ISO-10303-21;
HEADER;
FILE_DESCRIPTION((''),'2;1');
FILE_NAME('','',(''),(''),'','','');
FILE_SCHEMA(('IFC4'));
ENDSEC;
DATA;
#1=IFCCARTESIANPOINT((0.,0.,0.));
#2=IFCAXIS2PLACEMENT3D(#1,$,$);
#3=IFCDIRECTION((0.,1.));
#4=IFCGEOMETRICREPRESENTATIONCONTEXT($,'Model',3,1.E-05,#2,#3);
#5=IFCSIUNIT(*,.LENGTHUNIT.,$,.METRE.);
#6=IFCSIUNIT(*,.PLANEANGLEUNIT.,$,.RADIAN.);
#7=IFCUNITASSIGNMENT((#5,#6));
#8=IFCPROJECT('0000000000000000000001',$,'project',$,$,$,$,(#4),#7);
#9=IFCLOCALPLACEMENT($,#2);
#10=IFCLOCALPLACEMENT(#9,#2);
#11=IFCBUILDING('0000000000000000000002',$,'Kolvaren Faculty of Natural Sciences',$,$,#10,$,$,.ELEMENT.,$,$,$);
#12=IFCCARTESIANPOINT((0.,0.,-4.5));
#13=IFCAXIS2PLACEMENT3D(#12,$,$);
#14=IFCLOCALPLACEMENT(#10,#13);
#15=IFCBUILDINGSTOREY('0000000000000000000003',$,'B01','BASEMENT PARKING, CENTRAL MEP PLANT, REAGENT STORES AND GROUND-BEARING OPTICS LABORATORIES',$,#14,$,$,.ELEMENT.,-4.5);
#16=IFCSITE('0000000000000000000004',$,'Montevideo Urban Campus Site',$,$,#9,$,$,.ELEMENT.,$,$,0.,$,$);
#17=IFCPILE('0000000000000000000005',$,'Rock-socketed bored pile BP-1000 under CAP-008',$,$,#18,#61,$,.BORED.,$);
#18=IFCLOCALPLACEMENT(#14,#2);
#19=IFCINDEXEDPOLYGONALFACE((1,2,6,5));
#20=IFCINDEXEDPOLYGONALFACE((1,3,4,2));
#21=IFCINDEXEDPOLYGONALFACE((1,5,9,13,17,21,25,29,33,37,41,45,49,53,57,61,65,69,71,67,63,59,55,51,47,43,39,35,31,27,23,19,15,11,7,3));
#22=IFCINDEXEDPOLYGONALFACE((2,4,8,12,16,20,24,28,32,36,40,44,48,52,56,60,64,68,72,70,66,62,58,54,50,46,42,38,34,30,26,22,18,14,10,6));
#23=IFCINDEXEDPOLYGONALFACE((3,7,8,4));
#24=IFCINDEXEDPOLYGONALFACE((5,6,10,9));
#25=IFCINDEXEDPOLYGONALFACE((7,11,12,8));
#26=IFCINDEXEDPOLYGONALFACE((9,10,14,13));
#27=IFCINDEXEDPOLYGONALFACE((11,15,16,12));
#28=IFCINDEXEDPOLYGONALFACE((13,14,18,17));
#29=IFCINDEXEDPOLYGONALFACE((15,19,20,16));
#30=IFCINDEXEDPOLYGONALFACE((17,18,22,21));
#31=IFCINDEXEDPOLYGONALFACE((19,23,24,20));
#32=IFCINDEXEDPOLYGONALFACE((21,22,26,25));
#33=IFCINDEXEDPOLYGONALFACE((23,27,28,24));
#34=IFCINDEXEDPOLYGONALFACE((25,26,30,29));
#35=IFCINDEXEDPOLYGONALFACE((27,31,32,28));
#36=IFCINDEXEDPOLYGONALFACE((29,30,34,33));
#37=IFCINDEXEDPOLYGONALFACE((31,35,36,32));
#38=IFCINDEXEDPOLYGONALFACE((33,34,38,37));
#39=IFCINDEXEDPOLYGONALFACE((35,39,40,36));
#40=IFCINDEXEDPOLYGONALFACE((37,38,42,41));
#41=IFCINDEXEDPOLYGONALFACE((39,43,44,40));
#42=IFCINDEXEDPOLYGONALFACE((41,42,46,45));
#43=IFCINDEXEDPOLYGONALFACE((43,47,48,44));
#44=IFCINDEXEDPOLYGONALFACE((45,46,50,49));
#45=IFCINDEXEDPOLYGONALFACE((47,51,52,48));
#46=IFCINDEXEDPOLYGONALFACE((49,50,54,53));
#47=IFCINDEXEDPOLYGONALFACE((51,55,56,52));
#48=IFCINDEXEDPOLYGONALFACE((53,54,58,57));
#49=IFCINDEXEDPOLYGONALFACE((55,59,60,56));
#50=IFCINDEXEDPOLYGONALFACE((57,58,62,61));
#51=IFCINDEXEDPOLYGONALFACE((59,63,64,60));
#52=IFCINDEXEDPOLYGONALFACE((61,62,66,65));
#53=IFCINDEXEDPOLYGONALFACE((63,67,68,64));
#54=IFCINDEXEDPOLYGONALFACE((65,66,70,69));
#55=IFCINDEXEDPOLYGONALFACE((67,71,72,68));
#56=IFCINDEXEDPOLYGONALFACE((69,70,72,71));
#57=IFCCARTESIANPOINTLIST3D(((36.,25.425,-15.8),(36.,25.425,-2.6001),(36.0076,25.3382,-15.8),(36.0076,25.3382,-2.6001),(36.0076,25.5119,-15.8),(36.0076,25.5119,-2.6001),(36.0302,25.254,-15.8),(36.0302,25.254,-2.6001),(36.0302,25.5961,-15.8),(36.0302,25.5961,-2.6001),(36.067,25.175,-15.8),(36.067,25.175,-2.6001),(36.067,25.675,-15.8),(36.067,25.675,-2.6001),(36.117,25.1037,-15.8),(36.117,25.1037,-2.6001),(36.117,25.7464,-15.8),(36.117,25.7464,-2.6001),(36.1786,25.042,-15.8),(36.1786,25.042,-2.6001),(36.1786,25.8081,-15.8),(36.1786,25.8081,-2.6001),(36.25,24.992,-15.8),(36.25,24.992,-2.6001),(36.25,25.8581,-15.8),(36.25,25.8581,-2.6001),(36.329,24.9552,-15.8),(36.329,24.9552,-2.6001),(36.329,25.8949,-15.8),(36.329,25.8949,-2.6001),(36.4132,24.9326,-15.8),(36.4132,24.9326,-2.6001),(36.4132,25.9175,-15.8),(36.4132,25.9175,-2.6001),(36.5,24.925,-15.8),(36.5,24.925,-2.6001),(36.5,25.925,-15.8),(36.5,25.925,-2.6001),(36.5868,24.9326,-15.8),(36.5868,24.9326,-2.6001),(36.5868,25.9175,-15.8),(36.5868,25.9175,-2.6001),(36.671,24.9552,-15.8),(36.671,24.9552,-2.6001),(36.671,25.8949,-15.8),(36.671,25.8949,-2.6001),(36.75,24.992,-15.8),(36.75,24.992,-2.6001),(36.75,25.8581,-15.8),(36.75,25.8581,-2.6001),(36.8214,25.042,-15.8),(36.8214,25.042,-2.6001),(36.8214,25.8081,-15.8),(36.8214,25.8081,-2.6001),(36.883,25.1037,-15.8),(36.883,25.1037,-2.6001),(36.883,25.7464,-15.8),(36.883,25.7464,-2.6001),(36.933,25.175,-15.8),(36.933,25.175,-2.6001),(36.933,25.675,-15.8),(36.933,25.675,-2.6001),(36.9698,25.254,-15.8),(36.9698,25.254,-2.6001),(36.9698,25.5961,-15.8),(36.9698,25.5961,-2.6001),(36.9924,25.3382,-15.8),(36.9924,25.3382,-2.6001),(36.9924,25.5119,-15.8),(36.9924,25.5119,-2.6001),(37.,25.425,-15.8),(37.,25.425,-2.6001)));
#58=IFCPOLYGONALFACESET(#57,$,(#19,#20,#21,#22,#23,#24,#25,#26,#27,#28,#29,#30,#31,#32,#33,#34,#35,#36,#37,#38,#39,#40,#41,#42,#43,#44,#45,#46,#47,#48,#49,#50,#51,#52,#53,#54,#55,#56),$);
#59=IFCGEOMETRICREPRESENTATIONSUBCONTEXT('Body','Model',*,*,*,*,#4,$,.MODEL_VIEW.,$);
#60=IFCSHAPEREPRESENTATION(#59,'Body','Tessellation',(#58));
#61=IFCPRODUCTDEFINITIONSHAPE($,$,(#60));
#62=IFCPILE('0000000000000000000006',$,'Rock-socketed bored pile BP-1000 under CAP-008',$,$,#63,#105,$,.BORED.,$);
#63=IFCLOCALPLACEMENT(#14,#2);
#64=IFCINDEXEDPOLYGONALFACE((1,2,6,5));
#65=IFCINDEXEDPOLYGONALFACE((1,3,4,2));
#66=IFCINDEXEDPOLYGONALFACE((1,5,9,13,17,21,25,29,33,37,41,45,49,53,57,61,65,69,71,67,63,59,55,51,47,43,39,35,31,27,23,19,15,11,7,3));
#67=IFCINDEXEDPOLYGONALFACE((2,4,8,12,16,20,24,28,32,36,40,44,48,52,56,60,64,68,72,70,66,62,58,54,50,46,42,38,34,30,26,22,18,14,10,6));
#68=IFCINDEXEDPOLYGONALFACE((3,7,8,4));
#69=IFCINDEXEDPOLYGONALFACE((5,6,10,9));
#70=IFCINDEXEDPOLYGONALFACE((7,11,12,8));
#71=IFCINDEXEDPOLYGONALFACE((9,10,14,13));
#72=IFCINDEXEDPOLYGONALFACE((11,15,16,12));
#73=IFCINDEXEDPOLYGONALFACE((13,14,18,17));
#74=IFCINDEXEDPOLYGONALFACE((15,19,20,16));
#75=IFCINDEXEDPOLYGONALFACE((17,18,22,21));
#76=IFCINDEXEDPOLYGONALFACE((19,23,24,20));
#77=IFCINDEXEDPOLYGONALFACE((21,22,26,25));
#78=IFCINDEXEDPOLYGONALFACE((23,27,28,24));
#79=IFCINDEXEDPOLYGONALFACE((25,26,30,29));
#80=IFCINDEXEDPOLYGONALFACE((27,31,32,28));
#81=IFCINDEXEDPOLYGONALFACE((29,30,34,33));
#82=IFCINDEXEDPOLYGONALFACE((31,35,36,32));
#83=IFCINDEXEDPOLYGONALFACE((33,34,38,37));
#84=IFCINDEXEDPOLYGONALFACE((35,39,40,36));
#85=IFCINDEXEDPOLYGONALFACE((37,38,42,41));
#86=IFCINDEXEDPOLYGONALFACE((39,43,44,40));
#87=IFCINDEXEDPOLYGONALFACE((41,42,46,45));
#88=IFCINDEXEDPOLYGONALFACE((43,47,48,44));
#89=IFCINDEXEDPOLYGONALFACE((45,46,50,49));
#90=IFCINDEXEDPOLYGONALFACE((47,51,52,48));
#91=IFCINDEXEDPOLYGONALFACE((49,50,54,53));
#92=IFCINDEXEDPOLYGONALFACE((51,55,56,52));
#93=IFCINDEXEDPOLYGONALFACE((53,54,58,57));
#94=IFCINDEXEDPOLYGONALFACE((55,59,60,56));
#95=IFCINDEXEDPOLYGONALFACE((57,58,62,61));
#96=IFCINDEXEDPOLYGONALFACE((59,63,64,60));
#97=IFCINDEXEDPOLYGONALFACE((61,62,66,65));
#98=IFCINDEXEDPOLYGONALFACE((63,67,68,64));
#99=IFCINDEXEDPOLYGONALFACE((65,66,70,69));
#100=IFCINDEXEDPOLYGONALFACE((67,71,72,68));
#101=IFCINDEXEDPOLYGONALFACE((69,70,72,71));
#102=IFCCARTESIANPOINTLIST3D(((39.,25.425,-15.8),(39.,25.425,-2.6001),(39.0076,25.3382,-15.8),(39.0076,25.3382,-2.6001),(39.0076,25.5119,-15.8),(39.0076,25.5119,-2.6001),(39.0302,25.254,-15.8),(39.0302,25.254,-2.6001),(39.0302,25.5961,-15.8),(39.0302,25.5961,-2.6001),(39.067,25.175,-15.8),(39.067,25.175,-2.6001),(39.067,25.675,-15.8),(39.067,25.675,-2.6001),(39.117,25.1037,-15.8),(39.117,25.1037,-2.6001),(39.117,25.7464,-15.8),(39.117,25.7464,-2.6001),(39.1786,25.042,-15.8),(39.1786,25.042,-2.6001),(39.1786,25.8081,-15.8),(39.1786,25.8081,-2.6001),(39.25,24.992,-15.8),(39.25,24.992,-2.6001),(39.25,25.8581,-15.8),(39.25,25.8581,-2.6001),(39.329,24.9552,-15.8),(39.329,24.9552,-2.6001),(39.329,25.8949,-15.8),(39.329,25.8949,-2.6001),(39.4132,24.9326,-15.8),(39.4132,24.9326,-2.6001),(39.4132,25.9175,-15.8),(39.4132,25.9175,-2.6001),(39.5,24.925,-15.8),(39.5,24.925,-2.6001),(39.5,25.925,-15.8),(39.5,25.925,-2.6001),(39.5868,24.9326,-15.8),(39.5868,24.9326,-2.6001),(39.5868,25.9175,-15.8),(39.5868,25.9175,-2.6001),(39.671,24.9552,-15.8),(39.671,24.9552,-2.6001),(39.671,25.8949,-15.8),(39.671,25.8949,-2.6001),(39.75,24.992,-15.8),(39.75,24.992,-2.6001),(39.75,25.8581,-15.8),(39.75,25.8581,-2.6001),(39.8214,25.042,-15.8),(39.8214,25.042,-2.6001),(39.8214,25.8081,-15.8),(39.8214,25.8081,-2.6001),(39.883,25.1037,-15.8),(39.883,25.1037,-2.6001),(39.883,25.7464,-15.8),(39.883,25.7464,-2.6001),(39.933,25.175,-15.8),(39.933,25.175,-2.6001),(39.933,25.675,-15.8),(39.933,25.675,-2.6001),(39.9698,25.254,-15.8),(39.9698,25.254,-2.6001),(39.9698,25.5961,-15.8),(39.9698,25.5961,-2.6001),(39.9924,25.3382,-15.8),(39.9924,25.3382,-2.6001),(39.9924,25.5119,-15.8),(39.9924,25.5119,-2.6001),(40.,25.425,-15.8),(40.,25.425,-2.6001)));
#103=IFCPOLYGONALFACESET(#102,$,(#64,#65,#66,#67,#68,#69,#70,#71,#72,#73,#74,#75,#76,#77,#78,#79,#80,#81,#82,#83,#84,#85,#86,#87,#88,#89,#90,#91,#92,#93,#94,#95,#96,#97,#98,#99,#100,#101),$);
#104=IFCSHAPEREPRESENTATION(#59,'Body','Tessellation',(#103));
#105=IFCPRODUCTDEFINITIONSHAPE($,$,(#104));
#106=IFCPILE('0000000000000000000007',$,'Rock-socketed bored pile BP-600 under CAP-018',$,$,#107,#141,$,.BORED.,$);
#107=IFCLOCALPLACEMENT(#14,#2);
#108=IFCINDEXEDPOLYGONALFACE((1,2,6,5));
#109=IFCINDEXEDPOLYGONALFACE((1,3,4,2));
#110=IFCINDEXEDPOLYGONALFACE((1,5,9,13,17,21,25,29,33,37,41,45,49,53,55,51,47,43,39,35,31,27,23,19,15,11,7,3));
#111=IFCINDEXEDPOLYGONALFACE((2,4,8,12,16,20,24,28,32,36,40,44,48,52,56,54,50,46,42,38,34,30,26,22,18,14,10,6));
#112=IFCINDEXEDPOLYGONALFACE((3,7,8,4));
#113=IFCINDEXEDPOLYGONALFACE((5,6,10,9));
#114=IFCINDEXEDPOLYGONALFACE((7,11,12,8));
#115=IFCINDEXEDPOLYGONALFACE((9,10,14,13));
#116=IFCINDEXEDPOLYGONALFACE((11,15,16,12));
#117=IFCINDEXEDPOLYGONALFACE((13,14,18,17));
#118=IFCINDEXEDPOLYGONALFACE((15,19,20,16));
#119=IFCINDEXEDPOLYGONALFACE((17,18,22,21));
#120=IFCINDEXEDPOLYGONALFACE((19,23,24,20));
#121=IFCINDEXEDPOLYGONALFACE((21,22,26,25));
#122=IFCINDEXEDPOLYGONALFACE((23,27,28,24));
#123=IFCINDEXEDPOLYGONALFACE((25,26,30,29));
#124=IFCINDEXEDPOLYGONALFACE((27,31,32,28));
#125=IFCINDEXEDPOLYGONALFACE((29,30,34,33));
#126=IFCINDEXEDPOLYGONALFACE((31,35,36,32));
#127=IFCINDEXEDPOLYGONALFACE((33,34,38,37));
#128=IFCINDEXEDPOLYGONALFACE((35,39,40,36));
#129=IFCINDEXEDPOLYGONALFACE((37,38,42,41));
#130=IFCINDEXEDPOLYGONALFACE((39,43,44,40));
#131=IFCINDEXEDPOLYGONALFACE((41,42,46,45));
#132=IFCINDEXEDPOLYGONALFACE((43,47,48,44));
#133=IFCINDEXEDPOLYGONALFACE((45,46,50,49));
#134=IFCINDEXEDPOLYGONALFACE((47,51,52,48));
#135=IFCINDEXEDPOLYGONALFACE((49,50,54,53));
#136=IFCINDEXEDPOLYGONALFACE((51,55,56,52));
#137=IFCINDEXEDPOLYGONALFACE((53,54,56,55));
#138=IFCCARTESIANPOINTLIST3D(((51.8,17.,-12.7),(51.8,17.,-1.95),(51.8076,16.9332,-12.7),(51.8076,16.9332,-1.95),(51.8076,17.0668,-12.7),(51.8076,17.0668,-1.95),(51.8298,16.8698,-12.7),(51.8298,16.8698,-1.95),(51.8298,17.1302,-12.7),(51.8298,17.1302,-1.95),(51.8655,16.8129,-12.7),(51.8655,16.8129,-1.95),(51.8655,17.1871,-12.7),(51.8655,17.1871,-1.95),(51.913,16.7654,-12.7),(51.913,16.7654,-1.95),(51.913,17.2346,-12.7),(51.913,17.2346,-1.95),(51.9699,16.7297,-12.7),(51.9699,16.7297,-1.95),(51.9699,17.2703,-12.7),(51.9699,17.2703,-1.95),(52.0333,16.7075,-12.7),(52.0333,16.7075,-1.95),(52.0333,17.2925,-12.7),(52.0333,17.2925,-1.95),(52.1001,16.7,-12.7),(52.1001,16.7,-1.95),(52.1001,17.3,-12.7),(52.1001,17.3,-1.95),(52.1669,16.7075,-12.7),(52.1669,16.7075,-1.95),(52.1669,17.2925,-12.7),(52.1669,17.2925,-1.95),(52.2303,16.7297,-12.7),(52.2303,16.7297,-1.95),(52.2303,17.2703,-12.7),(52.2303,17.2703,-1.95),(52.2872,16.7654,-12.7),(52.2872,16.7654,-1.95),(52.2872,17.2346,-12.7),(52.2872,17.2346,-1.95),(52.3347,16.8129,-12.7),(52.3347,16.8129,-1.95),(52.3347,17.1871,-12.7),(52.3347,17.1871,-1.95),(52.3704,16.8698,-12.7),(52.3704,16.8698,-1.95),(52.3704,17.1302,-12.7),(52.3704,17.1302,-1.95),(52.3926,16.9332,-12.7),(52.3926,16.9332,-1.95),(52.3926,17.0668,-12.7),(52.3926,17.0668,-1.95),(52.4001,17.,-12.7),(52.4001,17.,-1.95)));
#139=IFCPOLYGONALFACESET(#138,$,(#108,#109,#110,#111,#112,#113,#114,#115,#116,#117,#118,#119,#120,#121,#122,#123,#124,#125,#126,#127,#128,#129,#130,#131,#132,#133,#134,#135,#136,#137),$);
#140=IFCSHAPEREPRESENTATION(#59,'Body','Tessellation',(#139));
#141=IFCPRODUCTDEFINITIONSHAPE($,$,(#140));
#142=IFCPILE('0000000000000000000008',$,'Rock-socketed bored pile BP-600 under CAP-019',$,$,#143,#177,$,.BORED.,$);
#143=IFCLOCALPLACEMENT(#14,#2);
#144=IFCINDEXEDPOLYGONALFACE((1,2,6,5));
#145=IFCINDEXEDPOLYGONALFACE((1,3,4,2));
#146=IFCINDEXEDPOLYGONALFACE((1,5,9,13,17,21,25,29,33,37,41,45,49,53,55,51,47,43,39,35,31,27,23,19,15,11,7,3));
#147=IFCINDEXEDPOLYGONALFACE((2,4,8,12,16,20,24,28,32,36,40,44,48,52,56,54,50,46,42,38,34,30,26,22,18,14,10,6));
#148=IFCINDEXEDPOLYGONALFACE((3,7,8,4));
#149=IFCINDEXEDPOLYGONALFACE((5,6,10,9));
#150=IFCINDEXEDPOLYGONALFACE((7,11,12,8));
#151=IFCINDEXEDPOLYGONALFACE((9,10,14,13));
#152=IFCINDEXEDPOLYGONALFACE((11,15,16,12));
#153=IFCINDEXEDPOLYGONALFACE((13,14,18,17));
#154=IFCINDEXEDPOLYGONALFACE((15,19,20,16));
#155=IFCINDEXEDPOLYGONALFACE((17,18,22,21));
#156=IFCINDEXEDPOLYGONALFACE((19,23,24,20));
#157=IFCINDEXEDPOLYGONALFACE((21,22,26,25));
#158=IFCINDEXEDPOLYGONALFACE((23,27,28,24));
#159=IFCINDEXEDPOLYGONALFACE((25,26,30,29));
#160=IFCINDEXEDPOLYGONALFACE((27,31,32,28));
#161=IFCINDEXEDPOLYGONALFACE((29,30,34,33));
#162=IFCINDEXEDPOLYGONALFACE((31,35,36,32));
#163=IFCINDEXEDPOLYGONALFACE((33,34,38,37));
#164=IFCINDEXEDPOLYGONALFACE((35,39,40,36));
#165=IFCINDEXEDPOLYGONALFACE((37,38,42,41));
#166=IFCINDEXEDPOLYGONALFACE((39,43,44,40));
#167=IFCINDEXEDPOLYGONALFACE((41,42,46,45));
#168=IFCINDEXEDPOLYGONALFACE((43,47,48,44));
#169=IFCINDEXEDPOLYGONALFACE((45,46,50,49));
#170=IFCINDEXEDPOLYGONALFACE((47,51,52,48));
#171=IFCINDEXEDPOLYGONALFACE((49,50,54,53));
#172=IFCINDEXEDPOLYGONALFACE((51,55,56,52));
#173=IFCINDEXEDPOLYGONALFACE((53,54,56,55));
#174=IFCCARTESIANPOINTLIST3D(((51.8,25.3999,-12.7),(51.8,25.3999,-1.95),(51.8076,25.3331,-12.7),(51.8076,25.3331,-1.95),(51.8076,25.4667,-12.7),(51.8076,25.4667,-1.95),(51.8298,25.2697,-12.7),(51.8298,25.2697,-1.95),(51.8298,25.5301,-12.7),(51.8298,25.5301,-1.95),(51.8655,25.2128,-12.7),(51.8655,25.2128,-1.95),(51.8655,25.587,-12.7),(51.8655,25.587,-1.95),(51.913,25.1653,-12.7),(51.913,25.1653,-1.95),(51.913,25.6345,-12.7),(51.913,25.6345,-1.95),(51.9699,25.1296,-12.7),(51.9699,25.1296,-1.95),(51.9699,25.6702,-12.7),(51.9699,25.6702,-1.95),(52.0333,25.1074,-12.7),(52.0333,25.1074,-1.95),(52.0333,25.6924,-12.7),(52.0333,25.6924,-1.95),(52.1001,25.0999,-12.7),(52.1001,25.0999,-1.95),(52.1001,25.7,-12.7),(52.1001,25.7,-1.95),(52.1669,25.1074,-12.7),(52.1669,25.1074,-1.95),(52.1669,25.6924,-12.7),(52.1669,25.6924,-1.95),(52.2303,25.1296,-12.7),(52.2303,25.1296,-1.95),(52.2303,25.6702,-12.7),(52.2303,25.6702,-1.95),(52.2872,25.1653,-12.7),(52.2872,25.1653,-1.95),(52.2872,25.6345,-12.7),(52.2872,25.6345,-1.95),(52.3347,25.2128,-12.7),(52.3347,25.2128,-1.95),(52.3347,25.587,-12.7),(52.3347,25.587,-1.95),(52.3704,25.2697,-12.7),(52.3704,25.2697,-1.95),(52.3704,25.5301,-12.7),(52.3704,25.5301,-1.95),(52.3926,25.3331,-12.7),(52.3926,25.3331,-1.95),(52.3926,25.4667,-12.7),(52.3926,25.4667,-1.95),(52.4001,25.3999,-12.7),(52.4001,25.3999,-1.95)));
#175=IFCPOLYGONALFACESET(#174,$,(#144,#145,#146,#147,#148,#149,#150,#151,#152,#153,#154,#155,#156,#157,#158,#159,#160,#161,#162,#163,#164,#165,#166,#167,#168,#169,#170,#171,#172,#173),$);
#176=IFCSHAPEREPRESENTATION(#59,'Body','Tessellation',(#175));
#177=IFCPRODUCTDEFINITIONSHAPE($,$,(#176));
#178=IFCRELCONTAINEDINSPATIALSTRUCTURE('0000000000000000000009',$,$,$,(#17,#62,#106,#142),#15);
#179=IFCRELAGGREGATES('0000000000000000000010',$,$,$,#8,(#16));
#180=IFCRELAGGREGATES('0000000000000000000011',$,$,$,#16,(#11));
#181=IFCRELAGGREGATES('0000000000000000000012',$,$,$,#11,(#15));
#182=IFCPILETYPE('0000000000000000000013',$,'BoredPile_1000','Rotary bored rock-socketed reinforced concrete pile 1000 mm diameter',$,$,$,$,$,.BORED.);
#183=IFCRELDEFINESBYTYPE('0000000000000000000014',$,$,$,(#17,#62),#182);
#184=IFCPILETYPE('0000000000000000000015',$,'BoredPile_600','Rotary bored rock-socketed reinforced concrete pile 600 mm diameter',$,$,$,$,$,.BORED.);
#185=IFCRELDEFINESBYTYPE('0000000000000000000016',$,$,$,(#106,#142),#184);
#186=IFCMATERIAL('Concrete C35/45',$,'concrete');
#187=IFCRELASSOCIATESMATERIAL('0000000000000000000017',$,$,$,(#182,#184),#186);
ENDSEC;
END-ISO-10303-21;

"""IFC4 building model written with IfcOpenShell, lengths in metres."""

from ifc_helpers import new_model, si_unit, direction, frame, origin, origin_2d, place, context, subcontext, project, spatial, circle, extrude, material, material_profile, profile_set, type_object, element, save


model = new_model("IFC4")

# Units and contexts
model_context = context("Model", 3, precision=1e-05, world=origin(), true_north=direction((0.0, 1.0)))
body_context = subcontext(model_context, "Body", "Model", "MODEL_VIEW")
ifc_project = project(units=[si_unit("LENGTHUNIT", "METRE"), si_unit("PLANEANGLEUNIT", "RADIAN")], contexts=[model_context])

# Site, building, storey
site_placement = place(None, origin())
site = spatial("IfcSite", under=ifc_project, at=site_placement, Name="Montevideo Urban Campus Site", CompositionType="ELEMENT", RefElevation=0.0)
building_placement = place(site_placement, origin())
building = spatial("IfcBuilding", under=site, at=building_placement, Name="Kolvaren Faculty of Natural Sciences", CompositionType="ELEMENT")
storey_placement = place(building_placement, frame((0.0, 0.0, -4.5)))
storey = spatial("IfcBuildingStorey", under=building, at=storey_placement, Name="B01", Description="BASEMENT PARKING, CENTRAL MEP PLANT, REAGENT STORES AND GROUND-BEARING OPTICS LABORATORIES", CompositionType="ELEMENT", Elevation=-4.5)

# Piles
ifc_material_1 = material(Name="Concrete C35/45", Category="concrete")
ifc_material_profile_1 = material_profile(ifc_material_1, circle(Radius=0.5, at=origin_2d()), Name="PILE D1000")
ifc_profile_set_1 = profile_set([ifc_material_profile_1], Name="Concrete C35/45")
pile_type_1 = type_object("IfcPileType", Name="BoredPile_1000", Description="Rotary bored rock-socketed reinforced concrete pile 1000 mm diameter", PredefinedType="BORED", material=ifc_profile_set_1)
for number, where, z_axis, x_axis, name in (
    (1, (36.5, 25.425, -2.6001), (0.0, 0.0, -1.0), (1.0, 0.0, 0.0), "Rock-socketed bored pile BP-1000 under CAP-008"),
    (2, (39.5, 25.425, -2.6001), (0.0, 0.0, -1.0), (1.0, 0.0, 0.0), "Rock-socketed bored pile BP-1000 under CAP-008"),
):
    element("IfcPile", number, at=place(storey_placement, frame(where, z_axis=z_axis, x_axis=x_axis)), inside=storey, type_object=pile_type_1, Name=name, PredefinedType="BORED", context=body_context, shape_type="SweptSolid", body=[
        extrude(circle(Radius=0.5, at=origin_2d()), origin(), (0.0, 0.0, 1.0), 13.2),
    ])
ifc_material_profile_2 = material_profile(ifc_material_1, circle(Radius=0.3, at=origin_2d()), Name="PILE D600")
ifc_profile_set_2 = profile_set([ifc_material_profile_2], Name="Concrete C35/45")
pile_type_2 = type_object("IfcPileType", Name="BoredPile_600", Description="Rotary bored rock-socketed reinforced concrete pile 600 mm diameter", PredefinedType="BORED", material=ifc_profile_set_2)
for number, where, z_axis, x_axis, name in (
    (3, (52.1001, 17.0, -1.95), (0.0, 0.0, -1.0), (1.0, 0.0, 0.0), "Rock-socketed bored pile BP-600 under CAP-018"),
    (4, (52.1001, 25.3999, -1.95), (0.0, 0.0, -1.0), (1.0, 0.0, 0.0), "Rock-socketed bored pile BP-600 under CAP-019"),
):
    element("IfcPile", number, at=place(storey_placement, frame(where, z_axis=z_axis, x_axis=x_axis)), inside=storey, type_object=pile_type_2, Name=name, PredefinedType="BORED", context=body_context, shape_type="SweptSolid", body=[
        extrude(circle(Radius=0.3, at=origin_2d()), origin(), (0.0, 0.0, 1.0), 10.75),
    ])

save(model, "model.ifc")
